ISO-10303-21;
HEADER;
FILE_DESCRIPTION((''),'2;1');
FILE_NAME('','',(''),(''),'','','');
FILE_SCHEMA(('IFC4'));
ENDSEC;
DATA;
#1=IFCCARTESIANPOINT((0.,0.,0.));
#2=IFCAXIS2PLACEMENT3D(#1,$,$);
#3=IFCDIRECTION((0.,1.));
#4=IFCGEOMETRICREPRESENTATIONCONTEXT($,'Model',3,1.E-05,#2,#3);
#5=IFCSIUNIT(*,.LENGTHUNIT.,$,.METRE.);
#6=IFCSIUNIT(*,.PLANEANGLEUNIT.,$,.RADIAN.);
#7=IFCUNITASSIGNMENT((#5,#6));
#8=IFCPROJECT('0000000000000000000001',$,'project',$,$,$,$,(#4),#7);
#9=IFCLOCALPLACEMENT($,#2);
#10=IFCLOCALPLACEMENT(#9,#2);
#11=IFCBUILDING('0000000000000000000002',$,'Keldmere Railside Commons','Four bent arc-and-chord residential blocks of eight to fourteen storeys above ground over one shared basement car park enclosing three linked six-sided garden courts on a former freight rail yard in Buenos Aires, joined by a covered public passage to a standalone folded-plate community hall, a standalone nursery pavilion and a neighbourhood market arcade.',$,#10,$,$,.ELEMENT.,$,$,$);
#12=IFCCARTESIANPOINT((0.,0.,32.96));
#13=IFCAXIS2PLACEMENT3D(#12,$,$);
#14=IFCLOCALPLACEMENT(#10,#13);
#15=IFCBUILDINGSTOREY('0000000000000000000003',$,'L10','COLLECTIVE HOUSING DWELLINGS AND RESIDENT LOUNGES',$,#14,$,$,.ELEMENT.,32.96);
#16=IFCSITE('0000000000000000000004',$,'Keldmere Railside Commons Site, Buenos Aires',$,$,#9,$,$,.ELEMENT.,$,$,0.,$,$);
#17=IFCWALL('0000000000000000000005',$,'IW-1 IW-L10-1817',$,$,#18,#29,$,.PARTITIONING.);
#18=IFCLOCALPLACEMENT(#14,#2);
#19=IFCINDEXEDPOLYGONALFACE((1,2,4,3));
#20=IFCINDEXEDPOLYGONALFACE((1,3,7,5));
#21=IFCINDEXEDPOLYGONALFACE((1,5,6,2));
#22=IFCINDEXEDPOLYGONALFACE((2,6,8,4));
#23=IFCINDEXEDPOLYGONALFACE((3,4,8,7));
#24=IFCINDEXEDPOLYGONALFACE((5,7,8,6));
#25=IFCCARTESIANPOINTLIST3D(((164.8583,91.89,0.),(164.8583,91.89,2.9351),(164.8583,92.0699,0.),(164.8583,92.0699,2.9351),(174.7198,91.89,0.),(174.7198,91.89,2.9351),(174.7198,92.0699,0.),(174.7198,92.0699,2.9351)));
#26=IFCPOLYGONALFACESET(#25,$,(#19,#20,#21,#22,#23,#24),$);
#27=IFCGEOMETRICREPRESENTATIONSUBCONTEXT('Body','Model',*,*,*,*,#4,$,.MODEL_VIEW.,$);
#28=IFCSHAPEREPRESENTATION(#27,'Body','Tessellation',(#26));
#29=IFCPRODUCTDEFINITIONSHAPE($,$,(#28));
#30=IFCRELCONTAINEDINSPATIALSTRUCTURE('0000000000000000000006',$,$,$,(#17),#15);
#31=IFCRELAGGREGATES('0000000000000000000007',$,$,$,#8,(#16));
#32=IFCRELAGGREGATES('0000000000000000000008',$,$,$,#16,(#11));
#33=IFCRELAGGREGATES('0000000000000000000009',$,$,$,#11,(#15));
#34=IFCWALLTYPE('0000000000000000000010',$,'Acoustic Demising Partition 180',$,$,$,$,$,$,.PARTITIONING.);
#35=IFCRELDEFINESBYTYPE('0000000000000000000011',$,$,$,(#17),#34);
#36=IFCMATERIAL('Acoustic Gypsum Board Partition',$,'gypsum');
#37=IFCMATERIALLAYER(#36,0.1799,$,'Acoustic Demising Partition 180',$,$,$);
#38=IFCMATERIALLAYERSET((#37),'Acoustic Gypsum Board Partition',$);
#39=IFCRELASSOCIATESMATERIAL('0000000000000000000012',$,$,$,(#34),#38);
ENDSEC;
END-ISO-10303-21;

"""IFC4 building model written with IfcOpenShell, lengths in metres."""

from ifc_helpers import new_model, si_unit, direction, frame, frame_2d, origin, place, context, subcontext, project, spatial, rectangle, extrude, material, layer, layer_set, type_object, element, save


model = new_model("IFC4")

# Units and contexts
model_context = context("Model", 3, precision=1e-05, world=origin(), true_north=direction((0.0, 1.0)))
body_context = subcontext(model_context, "Body", "Model", "MODEL_VIEW")
ifc_project = project(units=[si_unit("LENGTHUNIT", "METRE"), si_unit("PLANEANGLEUNIT", "RADIAN")], contexts=[model_context])

# Site, building, storey
site_placement = place(None, origin())
site = spatial("IfcSite", under=ifc_project, at=site_placement, Name="Keldmere Railside Commons Site, Buenos Aires", CompositionType="ELEMENT", RefElevation=0.0)
building_placement = place(site_placement, origin())
building = spatial("IfcBuilding", under=site, at=building_placement, Name="Keldmere Railside Commons", Description="Four bent arc-and-chord residential blocks of eight to fourteen storeys above ground over one shared basement car park enclosing three linked six-sided garden courts on a former freight rail yard in Buenos Aires, joined by a covered public passage to a standalone folded-plate community hall, a standalone nursery pavilion and a neighbourhood market arcade.", CompositionType="ELEMENT")
storey_placement = place(building_placement, frame((0.0, 0.0, 32.96)))
storey = spatial("IfcBuildingStorey", under=building, at=storey_placement, Name="L10", Description="COLLECTIVE HOUSING DWELLINGS AND RESIDENT LOUNGES", CompositionType="ELEMENT", Elevation=32.96)

# Wall
ifc_material_1 = material(Name="Acoustic Gypsum Board Partition", Category="gypsum")
ifc_layer_1 = layer(ifc_material_1, 0.1799, Name="Acoustic Demising Partition 180")
ifc_layer_set_1 = layer_set([ifc_layer_1], Name="Acoustic Gypsum Board Partition")
wall_type = type_object("IfcWallType", Name="Acoustic Demising Partition 180", PredefinedType="PARTITIONING", material=ifc_layer_set_1)
wall_placement = place(storey_placement, frame((164.8584, 91.98, 0.0), z_axis=(0.0, 0.0, 1.0), x_axis=(1.0, 0.0, 0.0)))
element("IfcWall", 1, at=wall_placement, inside=storey, type_object=wall_type, Name="IW-1 IW-L10-1817", PredefinedType="PARTITIONING", context=body_context, shape_type="SweptSolid", body=[
    extrude(rectangle(XDim=9.8616, YDim=0.1799, at=frame_2d((4.9307, 0.0))), origin(), (0.0, 0.0, 1.0), 2.9351),
])

save(model, "model.ifc")
